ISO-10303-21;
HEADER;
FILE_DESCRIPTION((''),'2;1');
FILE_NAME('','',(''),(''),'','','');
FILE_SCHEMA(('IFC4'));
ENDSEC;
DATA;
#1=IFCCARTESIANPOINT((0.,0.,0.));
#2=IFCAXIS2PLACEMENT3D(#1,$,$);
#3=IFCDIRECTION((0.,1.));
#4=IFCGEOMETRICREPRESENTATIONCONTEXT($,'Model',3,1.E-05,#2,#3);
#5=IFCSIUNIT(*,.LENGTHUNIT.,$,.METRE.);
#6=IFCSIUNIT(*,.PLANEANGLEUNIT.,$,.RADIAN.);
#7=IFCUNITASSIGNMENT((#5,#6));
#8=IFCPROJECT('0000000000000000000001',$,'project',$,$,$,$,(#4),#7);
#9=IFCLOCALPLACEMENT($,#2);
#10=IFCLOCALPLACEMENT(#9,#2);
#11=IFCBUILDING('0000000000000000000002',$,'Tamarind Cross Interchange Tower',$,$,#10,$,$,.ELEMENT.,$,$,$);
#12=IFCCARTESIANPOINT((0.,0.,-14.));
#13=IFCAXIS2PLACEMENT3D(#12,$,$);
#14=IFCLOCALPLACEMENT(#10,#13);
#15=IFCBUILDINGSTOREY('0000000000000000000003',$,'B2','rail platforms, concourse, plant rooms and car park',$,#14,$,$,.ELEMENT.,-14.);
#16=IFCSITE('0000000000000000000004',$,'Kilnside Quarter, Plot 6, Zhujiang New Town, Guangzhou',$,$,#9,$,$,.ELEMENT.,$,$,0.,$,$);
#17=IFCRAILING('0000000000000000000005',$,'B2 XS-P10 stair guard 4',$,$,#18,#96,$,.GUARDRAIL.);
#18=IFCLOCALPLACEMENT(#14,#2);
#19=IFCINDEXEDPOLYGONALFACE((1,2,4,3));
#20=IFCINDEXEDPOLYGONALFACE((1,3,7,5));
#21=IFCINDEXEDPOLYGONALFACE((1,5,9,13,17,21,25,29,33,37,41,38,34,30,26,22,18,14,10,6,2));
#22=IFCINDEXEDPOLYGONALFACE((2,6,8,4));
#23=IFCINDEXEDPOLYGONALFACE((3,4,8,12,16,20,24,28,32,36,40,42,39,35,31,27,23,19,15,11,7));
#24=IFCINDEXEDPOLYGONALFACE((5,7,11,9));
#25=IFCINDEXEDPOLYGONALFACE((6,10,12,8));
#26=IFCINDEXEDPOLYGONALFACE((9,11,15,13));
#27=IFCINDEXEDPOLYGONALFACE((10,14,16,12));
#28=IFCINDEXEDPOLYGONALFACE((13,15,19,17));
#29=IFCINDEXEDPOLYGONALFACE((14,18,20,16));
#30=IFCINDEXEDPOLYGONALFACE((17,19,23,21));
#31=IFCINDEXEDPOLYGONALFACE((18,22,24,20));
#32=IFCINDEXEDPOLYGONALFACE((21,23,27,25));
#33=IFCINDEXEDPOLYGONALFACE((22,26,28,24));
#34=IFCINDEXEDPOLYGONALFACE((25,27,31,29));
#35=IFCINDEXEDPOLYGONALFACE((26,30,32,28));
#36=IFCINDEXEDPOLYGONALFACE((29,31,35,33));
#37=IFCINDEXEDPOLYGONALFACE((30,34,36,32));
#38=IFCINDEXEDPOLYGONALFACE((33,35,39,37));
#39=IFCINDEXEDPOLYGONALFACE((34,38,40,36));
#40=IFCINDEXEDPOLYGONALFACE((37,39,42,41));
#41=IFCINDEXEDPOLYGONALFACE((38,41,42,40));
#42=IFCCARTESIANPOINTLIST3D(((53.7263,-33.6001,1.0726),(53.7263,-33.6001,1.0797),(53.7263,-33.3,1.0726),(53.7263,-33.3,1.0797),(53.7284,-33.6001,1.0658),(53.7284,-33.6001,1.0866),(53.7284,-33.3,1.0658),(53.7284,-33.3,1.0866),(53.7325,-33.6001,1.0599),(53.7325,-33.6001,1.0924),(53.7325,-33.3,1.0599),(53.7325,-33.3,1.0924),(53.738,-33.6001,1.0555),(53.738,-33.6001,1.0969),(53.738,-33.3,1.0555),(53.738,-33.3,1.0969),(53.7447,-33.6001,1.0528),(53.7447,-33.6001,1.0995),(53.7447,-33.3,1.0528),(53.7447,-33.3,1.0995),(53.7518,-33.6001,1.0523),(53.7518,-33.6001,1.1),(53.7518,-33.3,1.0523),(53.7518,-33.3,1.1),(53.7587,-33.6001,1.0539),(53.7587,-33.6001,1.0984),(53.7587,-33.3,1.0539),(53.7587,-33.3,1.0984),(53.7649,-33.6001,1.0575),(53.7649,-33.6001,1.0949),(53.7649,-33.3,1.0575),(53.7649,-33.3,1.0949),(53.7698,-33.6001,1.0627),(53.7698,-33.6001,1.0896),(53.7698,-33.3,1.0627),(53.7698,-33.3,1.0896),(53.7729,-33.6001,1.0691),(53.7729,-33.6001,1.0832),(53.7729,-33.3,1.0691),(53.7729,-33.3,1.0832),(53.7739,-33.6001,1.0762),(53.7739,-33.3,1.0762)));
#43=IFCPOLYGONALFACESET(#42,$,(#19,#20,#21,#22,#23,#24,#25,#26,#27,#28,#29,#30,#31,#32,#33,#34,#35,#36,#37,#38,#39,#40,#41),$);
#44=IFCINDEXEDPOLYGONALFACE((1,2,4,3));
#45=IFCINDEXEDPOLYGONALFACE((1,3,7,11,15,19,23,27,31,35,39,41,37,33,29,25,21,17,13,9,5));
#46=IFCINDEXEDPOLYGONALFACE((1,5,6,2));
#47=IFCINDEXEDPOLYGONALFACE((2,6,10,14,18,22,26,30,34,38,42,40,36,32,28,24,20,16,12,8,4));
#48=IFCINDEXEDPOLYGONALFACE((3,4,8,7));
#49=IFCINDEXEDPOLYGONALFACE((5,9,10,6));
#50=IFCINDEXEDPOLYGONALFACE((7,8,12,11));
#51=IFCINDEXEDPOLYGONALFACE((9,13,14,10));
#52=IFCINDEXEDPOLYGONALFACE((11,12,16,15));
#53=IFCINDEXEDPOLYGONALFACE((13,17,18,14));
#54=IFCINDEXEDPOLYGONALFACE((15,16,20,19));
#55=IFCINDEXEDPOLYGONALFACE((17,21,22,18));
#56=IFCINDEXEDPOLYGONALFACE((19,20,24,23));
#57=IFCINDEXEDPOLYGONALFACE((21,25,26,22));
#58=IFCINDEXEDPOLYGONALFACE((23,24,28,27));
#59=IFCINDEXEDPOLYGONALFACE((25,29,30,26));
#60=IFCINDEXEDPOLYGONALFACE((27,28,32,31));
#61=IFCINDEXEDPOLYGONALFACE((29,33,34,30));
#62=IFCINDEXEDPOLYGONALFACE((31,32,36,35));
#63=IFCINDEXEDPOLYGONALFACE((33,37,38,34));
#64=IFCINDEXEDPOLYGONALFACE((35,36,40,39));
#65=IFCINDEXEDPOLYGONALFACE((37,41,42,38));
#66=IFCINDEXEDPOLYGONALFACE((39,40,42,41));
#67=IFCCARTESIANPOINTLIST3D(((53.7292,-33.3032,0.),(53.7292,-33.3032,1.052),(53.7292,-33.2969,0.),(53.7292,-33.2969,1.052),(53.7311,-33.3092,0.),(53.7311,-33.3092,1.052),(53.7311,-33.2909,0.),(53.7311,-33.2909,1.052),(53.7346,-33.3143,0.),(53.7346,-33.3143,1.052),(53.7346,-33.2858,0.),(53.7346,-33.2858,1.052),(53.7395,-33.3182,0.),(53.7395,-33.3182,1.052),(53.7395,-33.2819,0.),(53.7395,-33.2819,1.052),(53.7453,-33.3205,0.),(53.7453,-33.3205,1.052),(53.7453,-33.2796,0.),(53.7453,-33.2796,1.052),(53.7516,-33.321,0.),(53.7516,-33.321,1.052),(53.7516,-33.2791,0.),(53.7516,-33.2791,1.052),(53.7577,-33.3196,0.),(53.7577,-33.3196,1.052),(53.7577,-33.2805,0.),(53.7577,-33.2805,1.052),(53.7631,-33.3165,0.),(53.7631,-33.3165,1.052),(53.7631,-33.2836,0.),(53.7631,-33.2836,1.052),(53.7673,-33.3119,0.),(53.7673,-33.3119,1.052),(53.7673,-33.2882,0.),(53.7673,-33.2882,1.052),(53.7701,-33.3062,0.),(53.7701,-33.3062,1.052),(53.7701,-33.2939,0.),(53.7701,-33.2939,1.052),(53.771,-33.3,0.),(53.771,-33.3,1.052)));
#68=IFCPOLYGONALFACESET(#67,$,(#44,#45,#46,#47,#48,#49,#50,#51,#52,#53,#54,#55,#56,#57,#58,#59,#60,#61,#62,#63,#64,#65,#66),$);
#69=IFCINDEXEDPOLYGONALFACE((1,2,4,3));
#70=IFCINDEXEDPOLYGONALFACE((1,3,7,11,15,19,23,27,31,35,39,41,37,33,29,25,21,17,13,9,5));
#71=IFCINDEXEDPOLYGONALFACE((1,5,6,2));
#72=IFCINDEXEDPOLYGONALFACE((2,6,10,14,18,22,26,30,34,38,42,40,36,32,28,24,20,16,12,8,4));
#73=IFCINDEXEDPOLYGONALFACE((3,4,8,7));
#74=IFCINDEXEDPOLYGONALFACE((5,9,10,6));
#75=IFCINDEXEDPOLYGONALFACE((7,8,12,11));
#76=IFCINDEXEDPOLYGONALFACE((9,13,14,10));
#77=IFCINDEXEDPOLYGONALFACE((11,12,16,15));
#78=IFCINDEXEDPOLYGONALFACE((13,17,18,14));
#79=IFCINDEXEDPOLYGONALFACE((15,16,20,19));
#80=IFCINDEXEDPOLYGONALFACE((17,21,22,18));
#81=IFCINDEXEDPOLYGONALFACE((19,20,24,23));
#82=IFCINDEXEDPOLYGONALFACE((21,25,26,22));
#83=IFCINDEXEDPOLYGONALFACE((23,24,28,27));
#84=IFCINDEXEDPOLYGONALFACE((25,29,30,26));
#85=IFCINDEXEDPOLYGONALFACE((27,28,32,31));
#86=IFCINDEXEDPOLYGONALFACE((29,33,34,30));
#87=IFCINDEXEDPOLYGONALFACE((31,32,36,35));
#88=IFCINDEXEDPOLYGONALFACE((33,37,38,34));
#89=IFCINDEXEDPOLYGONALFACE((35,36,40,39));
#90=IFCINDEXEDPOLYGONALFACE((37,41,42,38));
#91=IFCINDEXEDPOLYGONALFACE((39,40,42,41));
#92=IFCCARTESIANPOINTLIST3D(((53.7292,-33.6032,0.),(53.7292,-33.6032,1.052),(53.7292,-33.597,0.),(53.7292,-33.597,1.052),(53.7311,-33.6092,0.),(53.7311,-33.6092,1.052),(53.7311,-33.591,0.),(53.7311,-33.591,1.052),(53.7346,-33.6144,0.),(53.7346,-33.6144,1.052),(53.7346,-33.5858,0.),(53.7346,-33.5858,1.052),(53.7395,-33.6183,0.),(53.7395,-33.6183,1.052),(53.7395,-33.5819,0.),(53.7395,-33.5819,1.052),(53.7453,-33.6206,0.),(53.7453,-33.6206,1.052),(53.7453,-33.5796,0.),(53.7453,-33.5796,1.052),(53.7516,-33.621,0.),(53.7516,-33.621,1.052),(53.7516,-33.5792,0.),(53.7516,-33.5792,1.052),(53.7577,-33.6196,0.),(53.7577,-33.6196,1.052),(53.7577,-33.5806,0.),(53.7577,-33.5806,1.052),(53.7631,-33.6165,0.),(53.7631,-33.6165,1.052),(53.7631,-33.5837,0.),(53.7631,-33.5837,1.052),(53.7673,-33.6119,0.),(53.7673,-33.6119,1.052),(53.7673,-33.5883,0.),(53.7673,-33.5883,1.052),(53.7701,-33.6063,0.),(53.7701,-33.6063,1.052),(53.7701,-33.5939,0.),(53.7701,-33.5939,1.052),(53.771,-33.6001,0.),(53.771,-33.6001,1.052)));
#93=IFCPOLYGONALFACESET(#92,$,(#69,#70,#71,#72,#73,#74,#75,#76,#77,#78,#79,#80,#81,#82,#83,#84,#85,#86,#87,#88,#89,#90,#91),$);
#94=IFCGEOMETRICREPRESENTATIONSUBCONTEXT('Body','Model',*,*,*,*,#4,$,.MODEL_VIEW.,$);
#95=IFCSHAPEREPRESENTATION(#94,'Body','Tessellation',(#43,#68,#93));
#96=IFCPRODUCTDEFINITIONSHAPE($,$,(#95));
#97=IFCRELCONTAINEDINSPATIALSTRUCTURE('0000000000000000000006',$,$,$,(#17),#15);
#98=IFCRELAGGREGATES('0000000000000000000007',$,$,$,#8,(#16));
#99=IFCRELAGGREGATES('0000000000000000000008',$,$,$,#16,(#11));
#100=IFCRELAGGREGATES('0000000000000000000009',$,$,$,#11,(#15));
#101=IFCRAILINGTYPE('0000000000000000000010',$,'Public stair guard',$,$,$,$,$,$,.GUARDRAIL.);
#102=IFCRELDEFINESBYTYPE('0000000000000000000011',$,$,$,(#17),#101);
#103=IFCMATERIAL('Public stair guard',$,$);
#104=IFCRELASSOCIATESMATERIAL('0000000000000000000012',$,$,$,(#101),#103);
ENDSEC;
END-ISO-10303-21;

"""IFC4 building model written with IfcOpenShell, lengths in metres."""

from ifc_helpers import new_model, si_unit, direction, frame, origin, origin_2d, place, context, subcontext, project, spatial, circle, extrude, material, type_object, element, save


model = new_model("IFC4")

# Units and contexts
model_context = context("Model", 3, precision=1e-05, world=origin(), true_north=direction((0.0, 1.0)))
body_context = subcontext(model_context, "Body", "Model", "MODEL_VIEW")
ifc_project = project(units=[si_unit("LENGTHUNIT", "METRE"), si_unit("PLANEANGLEUNIT", "RADIAN")], contexts=[model_context])

# Site, building, storey
site_placement = place(None, origin())
site = spatial("IfcSite", under=ifc_project, at=site_placement, Name="Kilnside Quarter, Plot 6, Zhujiang New Town, Guangzhou", CompositionType="ELEMENT", RefElevation=0.0)
building_placement = place(site_placement, origin())
building = spatial("IfcBuilding", under=site, at=building_placement, Name="Tamarind Cross Interchange Tower", CompositionType="ELEMENT")
storey_placement = place(building_placement, frame((0.0, 0.0, -14.0)))
storey = spatial("IfcBuildingStorey", under=building, at=storey_placement, Name="B2", Description="rail platforms, concourse, plant rooms and car park", CompositionType="ELEMENT", Elevation=-14.0)

# Railing
ifc_material_1 = material(Name="Public stair guard")
railing_type_1 = type_object("IfcRailingType", Name="Public stair guard", PredefinedType="GUARDRAIL", material=ifc_material_1)
railing_1_placement = place(storey_placement, frame((53.75, -33.3, 0.0)))
element("IfcRailing", 1, at=railing_1_placement, inside=storey, type_object=railing_type_1, Name="B2 XS-P10 stair guard 4", PredefinedType="GUARDRAIL", context=body_context, shape_type="SweptSolid", body=[
    extrude(circle(Radius=0.0239, at=origin_2d()), frame((0.0, 0.0, 1.0762), z_axis=(0.0, -1.0, 0.0), x_axis=(1.0, 0.0, 0.0)), (0.0, 0.0, 1.0), 0.3),
    extrude(circle(Radius=0.021, at=origin_2d()), origin(), (0.0, 0.0, 1.0), 1.052),
    extrude(circle(Radius=0.021, at=origin_2d()), frame((0.0, -0.3, 0.0)), (0.0, 0.0, 1.0), 1.052),
])

save(model, "model.ifc")
